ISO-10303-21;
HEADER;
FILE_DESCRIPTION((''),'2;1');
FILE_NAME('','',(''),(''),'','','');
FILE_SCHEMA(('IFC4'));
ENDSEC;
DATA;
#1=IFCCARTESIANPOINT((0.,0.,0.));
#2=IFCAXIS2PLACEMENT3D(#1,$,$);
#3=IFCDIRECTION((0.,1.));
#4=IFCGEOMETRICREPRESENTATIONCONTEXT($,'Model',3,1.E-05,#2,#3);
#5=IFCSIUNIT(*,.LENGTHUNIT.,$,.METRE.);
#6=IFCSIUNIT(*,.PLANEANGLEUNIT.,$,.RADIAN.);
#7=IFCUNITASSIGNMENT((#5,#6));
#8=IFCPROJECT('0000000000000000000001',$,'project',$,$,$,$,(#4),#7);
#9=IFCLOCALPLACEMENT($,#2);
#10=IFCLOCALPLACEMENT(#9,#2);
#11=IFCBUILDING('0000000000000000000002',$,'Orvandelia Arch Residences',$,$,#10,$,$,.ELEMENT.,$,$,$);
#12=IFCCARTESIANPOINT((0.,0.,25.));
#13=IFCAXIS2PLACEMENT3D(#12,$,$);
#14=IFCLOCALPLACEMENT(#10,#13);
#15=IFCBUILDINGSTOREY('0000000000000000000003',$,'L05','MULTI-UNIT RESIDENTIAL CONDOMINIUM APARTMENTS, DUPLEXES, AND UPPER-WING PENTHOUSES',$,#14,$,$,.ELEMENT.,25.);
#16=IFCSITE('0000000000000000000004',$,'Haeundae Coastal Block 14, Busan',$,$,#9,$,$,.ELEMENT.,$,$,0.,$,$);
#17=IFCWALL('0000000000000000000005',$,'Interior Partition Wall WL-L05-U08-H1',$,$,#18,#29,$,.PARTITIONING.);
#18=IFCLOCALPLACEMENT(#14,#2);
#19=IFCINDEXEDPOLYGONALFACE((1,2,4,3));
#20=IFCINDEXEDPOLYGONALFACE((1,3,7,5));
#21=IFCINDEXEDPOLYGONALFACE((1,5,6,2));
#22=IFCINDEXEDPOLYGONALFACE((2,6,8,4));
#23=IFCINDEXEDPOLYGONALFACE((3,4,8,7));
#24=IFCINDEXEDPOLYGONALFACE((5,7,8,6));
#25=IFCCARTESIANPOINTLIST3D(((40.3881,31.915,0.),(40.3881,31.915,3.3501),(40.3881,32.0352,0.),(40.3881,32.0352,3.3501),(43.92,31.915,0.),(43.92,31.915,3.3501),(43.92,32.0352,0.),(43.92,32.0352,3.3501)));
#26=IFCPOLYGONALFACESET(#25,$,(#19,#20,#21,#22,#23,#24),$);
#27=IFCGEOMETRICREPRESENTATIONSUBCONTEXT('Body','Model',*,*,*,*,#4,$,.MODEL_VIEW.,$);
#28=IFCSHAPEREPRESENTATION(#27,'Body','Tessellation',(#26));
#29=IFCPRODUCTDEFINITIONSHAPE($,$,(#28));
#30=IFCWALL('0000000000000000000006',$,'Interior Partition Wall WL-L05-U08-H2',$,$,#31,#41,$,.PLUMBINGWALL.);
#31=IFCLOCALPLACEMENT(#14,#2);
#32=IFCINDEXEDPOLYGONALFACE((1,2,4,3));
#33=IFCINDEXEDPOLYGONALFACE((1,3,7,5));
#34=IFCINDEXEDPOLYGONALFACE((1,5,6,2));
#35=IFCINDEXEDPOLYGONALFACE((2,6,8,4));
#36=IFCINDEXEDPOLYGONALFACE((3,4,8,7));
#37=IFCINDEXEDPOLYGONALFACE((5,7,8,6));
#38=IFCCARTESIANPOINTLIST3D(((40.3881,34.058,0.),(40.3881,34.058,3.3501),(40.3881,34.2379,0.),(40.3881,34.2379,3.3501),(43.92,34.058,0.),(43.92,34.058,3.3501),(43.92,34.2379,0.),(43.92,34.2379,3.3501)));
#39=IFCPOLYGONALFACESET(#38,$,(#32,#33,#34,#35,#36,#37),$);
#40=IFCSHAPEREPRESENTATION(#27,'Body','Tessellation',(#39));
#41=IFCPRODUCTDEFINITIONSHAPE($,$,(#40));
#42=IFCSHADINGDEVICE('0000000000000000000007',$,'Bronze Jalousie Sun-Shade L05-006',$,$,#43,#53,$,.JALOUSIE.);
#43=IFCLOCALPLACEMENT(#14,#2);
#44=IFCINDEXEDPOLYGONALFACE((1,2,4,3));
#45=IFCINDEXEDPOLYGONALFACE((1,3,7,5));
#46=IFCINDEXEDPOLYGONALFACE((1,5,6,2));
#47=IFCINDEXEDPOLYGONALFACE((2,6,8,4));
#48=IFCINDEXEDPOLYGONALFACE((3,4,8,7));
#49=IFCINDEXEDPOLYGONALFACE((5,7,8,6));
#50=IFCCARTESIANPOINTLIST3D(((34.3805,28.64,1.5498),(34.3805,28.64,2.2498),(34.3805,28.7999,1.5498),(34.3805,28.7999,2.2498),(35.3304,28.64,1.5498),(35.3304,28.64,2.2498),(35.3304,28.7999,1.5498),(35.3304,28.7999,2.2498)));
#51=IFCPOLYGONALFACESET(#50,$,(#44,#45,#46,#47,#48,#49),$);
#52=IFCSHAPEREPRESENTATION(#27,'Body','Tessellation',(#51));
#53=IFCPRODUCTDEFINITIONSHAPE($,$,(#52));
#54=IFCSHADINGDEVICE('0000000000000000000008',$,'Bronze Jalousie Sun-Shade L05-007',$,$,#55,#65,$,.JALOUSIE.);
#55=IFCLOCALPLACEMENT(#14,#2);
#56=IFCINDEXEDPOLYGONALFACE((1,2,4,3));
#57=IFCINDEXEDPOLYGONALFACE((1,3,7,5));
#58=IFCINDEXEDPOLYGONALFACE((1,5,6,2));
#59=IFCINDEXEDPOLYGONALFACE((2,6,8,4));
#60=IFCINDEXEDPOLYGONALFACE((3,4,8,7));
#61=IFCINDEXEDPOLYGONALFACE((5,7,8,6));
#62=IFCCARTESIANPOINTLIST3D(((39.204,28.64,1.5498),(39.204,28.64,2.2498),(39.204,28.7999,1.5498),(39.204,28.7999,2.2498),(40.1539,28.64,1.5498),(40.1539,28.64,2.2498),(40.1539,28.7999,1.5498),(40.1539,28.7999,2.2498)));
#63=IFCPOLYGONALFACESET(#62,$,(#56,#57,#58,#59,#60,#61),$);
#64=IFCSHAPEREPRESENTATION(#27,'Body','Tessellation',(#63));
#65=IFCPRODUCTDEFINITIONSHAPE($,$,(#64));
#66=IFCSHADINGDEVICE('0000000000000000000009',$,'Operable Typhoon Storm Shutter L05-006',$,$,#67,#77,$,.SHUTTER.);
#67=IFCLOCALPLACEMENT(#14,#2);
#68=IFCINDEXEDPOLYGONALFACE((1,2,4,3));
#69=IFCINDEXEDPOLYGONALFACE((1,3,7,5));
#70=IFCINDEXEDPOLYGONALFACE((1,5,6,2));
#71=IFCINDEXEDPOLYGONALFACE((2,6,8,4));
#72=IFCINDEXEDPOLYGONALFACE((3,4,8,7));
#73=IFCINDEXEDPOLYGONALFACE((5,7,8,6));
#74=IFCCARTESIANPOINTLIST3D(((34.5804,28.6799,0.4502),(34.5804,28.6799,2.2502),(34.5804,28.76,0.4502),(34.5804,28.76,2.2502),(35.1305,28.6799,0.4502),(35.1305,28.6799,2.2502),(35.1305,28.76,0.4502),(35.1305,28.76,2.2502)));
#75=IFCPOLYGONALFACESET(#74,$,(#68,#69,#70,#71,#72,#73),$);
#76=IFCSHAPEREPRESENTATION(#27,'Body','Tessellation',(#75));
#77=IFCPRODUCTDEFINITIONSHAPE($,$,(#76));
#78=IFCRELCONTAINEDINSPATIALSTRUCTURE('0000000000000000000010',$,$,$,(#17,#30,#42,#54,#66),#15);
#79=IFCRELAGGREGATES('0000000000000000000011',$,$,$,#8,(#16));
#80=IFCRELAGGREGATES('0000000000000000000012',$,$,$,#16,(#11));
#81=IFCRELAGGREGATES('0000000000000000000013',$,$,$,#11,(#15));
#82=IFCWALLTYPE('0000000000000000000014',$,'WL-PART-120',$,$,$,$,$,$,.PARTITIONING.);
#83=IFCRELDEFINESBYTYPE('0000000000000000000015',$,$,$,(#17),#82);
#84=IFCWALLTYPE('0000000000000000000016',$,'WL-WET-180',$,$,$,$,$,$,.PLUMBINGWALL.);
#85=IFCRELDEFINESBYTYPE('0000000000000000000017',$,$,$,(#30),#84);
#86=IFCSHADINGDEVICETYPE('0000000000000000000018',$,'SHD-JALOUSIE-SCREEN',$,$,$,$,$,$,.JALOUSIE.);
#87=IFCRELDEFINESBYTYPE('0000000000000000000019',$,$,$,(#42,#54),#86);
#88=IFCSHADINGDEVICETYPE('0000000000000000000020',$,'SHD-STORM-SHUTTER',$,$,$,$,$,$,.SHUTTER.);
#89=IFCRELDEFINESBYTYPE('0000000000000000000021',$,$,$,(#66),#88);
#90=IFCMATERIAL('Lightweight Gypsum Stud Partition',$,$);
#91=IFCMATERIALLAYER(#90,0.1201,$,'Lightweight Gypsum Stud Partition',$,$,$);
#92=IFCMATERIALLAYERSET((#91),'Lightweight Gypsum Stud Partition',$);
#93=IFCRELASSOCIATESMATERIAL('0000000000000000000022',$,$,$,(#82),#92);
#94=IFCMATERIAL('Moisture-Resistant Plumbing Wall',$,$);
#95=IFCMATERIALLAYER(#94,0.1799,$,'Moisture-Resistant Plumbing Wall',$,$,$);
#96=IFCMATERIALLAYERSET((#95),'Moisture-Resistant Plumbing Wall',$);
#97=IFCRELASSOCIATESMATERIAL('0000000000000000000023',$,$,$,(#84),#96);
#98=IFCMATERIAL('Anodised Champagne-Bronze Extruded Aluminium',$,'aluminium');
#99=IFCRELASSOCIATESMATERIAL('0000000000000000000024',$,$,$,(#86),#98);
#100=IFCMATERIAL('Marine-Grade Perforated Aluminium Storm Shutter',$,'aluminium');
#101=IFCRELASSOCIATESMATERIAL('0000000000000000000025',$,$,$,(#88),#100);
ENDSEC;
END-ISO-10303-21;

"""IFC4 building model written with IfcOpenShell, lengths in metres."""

from ifc_helpers import new_model, si_unit, direction, frame, frame_2d, origin, origin_2d, place, context, subcontext, project, spatial, rectangle, extrude, material, layer, layer_set, type_object, element, save


model = new_model("IFC4")

# Units and contexts
model_context = context("Model", 3, precision=1e-05, world=origin(), true_north=direction((0.0, 1.0)))
body_context = subcontext(model_context, "Body", "Model", "MODEL_VIEW")
ifc_project = project(units=[si_unit("LENGTHUNIT", "METRE"), si_unit("PLANEANGLEUNIT", "RADIAN")], contexts=[model_context])

# Site, building, storey
site_placement = place(None, origin())
site = spatial("IfcSite", under=ifc_project, at=site_placement, Name="Haeundae Coastal Block 14, Busan", CompositionType="ELEMENT", RefElevation=0.0)
building_placement = place(site_placement, origin())
building = spatial("IfcBuilding", under=site, at=building_placement, Name="Orvandelia Arch Residences", CompositionType="ELEMENT")
storey_placement = place(building_placement, frame((0.0, 0.0, 25.0)))
storey = spatial("IfcBuildingStorey", under=building, at=storey_placement, Name="L05", Description="MULTI-UNIT RESIDENTIAL CONDOMINIUM APARTMENTS, DUPLEXES, AND UPPER-WING PENTHOUSES", CompositionType="ELEMENT", Elevation=25.0)

# Shared definitions
ifc_material_1 = material(Name="Lightweight Gypsum Stud Partition")
ifc_layer_1 = layer(ifc_material_1, 0.1201, Name="Lightweight Gypsum Stud Partition")
ifc_layer_set_1 = layer_set([ifc_layer_1], Name="Lightweight Gypsum Stud Partition")
wall_type_1 = type_object("IfcWallType", Name="WL-PART-120", PredefinedType="PARTITIONING", material=ifc_layer_set_1)

# Wall
wall_1_placement = place(storey_placement, frame((40.3879, 31.9751, 0.0), z_axis=(0.0, 0.0, 1.0), x_axis=(1.0, 0.0, 0.0)))
element("IfcWall", 1, at=wall_1_placement, inside=storey, type_object=wall_type_1, Name="Interior Partition Wall WL-L05-U08-H1", PredefinedType="PARTITIONING", context=body_context, shape_type="SweptSolid", body=[
    extrude(rectangle(XDim=3.532, YDim=0.1201, at=frame_2d((1.7661, 0.0))), origin(), (0.0, 0.0, 1.0), 3.3501),
])

# Shared definitions
ifc_material_2 = material(Name="Moisture-Resistant Plumbing Wall")
ifc_layer_2 = layer(ifc_material_2, 0.1799, Name="Moisture-Resistant Plumbing Wall")
ifc_layer_set_2 = layer_set([ifc_layer_2], Name="Moisture-Resistant Plumbing Wall")
wall_type_2 = type_object("IfcWallType", Name="WL-WET-180", PredefinedType="PLUMBINGWALL", material=ifc_layer_set_2)

# Wall
wall_2_placement = place(storey_placement, frame((40.3879, 34.1479, 0.0), z_axis=(0.0, 0.0, 1.0), x_axis=(1.0, 0.0, 0.0)))
element("IfcWall", 2, at=wall_2_placement, inside=storey, type_object=wall_type_2, Name="Interior Partition Wall WL-L05-U08-H2", PredefinedType="PLUMBINGWALL", context=body_context, shape_type="SweptSolid", body=[
    extrude(rectangle(XDim=3.532, YDim=0.1799, at=frame_2d((1.7661, 0.0))), origin(), (0.0, 0.0, 1.0), 3.3501),
])

# Shading devices
ifc_material_3 = material(Name="Anodised Champagne-Bronze Extruded Aluminium", Category="aluminium")
shading_device_type_1 = type_object("IfcShadingDeviceType", Name="SHD-JALOUSIE-SCREEN", PredefinedType="JALOUSIE", material=ifc_material_3)
for number, where, z_axis, x_axis, name in (
    (3, (34.8555, 28.72, 1.5498), (0.0, 0.0, 1.0), (-1.0, 0.0, 0.0), "Bronze Jalousie Sun-Shade L05-006"),
    (4, (39.679, 28.72, 1.5498), (0.0, 0.0, 1.0), (-1.0, 0.0, 0.0), "Bronze Jalousie Sun-Shade L05-007"),
):
    element("IfcShadingDevice", number, at=place(storey_placement, frame(where, z_axis=z_axis, x_axis=x_axis)), inside=storey, type_object=shading_device_type_1, Name=name, PredefinedType="JALOUSIE", context=body_context, shape_type="SweptSolid", body=[
        extrude(rectangle(XDim=0.95, YDim=0.1599, at=origin_2d()), origin(), (0.0, 0.0, 1.0), 0.7),
    ])
ifc_material_4 = material(Name="Marine-Grade Perforated Aluminium Storm Shutter", Category="aluminium")
shading_device_type_2 = type_object("IfcShadingDeviceType", Name="SHD-STORM-SHUTTER", PredefinedType="SHUTTER", material=ifc_material_4)
shading_device_placement = place(storey_placement, frame((34.8555, 28.72, 0.4502), z_axis=(0.0, 0.0, 1.0), x_axis=(-1.0, 0.0, 0.0)))
element("IfcShadingDevice", 5, at=shading_device_placement, inside=storey, type_object=shading_device_type_2, Name="Operable Typhoon Storm Shutter L05-006", PredefinedType="SHUTTER", context=body_context, shape_type="SweptSolid", body=[
    extrude(rectangle(XDim=0.55, YDim=0.0801, at=origin_2d()), origin(), (0.0, 0.0, 1.0), 1.8),
])

save(model, "model.ifc")
